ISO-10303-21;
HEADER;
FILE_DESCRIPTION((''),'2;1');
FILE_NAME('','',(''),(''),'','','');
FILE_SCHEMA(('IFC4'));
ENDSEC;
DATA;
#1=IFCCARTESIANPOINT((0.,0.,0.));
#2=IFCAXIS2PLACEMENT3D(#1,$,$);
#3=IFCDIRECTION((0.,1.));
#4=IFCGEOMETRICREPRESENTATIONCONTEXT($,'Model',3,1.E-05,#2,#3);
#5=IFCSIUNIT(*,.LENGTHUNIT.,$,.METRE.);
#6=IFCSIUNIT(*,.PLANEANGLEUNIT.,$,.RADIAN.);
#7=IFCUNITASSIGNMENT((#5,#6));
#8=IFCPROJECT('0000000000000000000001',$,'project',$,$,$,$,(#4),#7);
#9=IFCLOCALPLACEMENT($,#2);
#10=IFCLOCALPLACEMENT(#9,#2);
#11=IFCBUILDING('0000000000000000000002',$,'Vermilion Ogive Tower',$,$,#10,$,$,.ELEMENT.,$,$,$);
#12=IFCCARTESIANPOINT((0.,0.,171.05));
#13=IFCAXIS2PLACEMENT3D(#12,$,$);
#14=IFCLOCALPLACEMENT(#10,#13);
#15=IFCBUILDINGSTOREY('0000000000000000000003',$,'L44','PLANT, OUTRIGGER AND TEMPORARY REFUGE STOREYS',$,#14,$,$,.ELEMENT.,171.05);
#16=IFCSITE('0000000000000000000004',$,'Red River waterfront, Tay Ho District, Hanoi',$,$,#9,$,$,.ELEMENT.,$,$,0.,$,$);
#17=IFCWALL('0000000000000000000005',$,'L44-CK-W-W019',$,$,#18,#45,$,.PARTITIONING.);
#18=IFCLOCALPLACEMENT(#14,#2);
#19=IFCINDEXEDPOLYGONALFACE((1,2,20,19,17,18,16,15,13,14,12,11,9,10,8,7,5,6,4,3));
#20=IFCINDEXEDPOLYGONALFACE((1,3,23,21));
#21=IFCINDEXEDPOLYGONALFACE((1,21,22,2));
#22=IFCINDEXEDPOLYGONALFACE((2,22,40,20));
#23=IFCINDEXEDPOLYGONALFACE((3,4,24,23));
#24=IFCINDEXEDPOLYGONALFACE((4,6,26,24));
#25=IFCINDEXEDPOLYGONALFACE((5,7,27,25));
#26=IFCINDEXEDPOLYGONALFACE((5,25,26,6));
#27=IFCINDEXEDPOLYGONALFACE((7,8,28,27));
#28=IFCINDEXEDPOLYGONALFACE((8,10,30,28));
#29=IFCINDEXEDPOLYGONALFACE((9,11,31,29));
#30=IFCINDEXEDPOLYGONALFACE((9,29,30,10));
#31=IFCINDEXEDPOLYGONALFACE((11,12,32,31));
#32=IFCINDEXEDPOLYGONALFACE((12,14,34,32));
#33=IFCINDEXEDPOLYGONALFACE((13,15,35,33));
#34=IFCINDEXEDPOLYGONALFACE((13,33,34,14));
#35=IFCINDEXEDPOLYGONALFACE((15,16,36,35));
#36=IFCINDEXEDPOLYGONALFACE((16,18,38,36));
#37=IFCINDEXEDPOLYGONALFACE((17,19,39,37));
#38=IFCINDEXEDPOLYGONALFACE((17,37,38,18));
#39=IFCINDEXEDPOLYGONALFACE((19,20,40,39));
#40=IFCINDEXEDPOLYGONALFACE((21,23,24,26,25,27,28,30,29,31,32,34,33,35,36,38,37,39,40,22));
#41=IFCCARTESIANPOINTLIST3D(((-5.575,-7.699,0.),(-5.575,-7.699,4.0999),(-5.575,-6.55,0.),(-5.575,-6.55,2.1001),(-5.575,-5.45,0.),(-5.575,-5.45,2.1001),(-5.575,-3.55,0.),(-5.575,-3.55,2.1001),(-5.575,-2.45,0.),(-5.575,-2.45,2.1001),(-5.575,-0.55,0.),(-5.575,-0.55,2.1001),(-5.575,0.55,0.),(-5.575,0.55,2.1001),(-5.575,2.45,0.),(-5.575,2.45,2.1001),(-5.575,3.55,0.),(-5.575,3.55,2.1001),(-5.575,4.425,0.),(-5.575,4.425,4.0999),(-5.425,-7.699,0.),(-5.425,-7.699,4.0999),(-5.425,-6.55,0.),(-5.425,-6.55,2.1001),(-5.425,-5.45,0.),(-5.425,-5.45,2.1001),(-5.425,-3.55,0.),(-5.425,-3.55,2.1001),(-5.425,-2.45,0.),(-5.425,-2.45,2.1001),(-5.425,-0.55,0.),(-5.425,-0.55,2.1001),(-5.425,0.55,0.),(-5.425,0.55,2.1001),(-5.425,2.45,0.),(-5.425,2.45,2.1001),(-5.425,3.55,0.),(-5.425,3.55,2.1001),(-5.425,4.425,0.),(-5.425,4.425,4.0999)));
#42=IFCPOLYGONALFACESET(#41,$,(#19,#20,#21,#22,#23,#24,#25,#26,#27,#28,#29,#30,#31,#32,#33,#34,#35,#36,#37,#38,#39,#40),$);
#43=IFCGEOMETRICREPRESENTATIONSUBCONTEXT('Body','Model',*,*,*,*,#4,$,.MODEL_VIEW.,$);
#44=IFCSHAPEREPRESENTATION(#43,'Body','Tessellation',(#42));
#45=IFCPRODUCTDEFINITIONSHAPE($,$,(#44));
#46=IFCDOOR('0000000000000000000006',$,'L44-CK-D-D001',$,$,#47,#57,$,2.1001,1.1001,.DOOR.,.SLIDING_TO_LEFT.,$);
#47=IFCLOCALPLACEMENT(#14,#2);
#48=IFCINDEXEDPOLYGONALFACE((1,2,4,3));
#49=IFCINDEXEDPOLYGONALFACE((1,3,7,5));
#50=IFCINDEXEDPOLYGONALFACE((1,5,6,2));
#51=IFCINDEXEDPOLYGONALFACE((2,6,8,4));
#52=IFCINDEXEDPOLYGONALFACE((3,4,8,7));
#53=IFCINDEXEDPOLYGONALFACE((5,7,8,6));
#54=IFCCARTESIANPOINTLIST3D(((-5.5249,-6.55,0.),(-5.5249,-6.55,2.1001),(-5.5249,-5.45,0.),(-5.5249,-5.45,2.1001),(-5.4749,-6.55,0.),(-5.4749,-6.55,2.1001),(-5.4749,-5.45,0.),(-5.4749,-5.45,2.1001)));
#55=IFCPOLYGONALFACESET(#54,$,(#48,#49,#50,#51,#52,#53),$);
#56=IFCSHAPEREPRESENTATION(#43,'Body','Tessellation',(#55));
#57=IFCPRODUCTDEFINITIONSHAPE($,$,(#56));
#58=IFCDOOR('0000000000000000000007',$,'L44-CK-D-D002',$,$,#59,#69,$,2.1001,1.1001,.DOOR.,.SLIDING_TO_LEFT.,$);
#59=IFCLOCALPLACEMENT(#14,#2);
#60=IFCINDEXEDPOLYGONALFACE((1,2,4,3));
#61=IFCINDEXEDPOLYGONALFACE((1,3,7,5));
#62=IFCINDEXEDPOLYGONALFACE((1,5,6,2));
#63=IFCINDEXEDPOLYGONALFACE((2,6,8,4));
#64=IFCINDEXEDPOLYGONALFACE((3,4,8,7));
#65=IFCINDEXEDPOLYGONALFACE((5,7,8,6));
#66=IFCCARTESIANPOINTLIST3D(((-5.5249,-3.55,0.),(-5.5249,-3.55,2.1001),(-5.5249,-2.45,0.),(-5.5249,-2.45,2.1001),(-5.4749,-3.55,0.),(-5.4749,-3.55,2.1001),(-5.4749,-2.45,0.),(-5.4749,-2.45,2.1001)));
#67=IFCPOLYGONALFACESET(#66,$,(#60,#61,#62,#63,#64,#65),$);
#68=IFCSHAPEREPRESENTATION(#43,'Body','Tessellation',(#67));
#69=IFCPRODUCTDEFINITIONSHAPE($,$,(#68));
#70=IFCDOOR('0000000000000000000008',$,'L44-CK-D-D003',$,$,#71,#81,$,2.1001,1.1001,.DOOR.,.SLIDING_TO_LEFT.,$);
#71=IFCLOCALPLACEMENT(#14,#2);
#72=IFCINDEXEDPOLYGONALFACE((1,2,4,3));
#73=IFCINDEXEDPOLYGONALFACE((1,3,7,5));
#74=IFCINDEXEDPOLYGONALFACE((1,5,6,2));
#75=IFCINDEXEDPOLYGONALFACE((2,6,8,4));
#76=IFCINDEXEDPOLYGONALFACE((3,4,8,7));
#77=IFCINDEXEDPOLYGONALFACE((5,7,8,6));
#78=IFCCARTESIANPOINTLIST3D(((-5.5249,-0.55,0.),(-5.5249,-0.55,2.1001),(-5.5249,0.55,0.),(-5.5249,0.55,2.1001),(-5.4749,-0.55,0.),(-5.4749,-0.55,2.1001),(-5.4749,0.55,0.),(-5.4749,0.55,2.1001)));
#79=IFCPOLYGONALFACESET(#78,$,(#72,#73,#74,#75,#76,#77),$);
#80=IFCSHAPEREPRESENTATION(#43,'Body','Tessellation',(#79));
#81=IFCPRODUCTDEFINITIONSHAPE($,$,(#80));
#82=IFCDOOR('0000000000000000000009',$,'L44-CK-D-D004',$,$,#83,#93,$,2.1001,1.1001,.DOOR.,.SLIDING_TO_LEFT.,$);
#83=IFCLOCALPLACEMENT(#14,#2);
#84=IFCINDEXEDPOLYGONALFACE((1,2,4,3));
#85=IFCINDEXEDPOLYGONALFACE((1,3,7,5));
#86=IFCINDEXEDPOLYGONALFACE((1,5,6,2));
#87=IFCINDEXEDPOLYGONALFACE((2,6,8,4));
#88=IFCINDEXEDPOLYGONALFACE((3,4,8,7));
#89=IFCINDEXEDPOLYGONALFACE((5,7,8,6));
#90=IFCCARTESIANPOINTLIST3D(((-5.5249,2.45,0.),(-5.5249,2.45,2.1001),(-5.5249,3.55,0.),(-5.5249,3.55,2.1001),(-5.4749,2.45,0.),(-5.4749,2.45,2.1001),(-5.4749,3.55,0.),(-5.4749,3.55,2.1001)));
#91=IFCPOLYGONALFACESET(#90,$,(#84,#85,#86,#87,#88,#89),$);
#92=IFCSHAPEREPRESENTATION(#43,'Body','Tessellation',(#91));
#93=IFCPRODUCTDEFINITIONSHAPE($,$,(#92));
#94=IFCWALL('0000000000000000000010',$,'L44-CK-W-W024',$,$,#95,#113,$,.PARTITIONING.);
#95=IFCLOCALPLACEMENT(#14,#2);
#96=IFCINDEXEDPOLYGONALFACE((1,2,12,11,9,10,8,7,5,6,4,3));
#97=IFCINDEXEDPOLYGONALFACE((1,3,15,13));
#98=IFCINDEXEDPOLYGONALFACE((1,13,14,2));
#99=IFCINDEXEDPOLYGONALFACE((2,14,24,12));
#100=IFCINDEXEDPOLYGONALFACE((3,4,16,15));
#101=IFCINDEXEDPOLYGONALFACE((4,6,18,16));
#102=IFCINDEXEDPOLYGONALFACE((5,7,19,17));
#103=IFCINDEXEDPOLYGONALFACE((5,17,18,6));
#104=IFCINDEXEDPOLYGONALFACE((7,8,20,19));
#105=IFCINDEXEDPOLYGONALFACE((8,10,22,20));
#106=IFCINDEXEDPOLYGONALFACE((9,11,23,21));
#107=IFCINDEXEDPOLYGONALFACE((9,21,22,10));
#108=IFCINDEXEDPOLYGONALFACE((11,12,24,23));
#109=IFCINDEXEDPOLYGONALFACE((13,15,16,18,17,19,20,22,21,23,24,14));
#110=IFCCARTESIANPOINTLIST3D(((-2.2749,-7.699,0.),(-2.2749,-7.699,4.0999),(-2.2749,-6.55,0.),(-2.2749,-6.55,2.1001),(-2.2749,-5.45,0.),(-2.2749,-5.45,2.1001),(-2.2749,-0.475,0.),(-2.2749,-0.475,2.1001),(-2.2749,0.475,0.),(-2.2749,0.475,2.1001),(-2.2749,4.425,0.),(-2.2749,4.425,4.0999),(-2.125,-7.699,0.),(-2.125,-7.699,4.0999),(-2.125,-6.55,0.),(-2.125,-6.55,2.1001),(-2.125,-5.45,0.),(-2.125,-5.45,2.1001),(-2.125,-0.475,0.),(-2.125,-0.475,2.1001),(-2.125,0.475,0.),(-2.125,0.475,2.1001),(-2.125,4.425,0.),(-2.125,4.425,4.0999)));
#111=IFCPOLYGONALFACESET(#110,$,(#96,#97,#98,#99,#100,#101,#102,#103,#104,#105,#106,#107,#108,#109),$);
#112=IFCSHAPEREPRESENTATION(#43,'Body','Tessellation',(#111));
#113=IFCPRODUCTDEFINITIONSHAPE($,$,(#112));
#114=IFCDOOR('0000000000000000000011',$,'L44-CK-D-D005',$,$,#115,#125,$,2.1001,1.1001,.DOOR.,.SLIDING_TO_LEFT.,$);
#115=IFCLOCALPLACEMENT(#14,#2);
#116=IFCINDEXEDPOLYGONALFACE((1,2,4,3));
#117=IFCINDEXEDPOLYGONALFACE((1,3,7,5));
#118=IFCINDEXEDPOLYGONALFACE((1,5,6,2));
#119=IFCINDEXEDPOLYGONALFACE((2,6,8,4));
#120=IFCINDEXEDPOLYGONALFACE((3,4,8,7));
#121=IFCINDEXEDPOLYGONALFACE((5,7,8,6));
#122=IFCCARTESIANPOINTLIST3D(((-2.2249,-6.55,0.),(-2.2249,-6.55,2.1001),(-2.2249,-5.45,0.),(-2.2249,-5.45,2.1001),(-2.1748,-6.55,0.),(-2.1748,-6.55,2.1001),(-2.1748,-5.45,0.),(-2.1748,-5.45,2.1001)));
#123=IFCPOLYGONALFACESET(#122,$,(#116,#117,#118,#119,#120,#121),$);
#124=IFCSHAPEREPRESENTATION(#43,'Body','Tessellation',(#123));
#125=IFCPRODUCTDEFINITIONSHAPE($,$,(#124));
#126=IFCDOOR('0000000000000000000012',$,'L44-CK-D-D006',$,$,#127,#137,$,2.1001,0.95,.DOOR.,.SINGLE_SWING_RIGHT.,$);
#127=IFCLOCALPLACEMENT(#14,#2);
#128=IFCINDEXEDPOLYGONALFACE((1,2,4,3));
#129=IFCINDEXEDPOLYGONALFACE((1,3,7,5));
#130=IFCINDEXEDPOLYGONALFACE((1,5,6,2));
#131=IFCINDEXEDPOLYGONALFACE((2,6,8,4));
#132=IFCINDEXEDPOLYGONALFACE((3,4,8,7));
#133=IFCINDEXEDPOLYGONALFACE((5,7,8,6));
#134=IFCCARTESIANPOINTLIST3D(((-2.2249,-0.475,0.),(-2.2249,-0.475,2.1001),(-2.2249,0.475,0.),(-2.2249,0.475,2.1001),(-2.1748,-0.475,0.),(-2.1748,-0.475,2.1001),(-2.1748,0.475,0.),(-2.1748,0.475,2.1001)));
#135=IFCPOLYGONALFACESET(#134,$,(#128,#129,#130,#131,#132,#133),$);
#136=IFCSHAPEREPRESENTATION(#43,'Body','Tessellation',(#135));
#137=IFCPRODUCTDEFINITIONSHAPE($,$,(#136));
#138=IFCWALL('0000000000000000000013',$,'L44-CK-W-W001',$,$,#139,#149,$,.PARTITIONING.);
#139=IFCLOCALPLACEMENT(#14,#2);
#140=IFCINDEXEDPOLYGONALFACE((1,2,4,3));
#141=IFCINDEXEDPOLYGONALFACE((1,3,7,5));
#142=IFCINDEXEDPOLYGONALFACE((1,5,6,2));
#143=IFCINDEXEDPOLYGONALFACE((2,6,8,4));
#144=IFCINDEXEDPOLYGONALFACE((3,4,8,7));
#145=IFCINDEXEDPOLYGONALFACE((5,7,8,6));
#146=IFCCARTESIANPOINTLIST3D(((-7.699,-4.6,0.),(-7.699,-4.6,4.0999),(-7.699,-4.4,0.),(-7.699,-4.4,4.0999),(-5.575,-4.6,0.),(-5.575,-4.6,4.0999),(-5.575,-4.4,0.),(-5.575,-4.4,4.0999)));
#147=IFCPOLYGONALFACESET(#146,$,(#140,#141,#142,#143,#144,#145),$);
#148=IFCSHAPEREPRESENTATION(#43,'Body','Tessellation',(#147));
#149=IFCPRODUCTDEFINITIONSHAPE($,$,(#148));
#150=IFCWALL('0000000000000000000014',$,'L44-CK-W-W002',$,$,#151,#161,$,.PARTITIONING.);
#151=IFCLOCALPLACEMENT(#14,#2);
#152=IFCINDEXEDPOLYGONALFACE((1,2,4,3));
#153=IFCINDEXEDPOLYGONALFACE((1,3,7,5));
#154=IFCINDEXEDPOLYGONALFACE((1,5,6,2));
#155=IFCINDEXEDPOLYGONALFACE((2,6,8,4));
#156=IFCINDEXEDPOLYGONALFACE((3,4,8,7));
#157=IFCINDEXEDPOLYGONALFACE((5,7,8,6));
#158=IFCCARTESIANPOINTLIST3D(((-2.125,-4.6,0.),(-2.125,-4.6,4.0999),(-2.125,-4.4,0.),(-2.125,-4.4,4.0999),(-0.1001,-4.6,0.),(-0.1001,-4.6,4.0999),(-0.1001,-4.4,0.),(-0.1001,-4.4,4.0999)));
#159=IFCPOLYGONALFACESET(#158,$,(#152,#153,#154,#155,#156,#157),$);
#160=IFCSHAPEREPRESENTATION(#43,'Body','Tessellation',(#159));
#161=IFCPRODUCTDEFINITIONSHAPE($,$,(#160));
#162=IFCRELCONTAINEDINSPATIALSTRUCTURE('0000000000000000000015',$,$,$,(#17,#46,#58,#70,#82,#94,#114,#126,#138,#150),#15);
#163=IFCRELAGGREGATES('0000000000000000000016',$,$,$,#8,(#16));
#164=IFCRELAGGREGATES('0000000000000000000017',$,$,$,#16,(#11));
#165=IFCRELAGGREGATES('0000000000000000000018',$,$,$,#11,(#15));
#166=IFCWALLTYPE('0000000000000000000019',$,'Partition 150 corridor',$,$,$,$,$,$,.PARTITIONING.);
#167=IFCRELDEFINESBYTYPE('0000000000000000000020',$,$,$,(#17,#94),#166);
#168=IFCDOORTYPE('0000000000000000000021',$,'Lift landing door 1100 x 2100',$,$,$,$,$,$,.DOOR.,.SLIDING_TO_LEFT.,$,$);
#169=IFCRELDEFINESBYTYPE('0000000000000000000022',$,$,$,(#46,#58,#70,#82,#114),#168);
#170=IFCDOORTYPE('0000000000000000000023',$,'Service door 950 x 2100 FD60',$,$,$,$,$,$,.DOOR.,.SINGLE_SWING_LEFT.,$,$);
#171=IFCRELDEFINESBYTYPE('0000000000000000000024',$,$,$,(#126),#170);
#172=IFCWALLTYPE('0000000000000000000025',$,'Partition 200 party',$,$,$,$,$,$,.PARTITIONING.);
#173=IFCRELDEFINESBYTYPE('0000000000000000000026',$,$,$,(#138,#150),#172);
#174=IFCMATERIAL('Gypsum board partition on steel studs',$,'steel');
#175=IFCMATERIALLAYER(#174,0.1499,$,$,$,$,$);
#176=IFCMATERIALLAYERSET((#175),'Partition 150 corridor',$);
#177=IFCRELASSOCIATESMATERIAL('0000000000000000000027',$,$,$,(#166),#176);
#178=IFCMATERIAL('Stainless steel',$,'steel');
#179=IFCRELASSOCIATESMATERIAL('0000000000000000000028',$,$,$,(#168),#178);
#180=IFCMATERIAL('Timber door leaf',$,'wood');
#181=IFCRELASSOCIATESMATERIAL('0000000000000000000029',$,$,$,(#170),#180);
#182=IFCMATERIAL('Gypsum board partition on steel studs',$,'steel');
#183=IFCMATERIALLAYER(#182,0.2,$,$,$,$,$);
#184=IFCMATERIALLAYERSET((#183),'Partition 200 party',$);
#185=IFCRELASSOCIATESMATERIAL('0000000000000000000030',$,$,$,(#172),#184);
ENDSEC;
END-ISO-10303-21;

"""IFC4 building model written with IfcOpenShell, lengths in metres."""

from ifc_helpers import new_model, si_unit, direction, frame, frame_2d, origin, place, context, subcontext, project, spatial, rectangle, extrude, material, layer, layer_set, type_object, element, fill, save


model = new_model("IFC4")

# Units and contexts
model_context = context("Model", 3, precision=1e-05, world=origin(), true_north=direction((0.0, 1.0)))
body_context = subcontext(model_context, "Body", "Model", "MODEL_VIEW")
ifc_project = project(units=[si_unit("LENGTHUNIT", "METRE"), si_unit("PLANEANGLEUNIT", "RADIAN")], contexts=[model_context])

# Site, building, storey
site_placement = place(None, origin())
site = spatial("IfcSite", under=ifc_project, at=site_placement, Name="Red River waterfront, Tay Ho District, Hanoi", CompositionType="ELEMENT", RefElevation=0.0)
building_placement = place(site_placement, origin())
building = spatial("IfcBuilding", under=site, at=building_placement, Name="Vermilion Ogive Tower", CompositionType="ELEMENT")
storey_placement = place(building_placement, frame((0.0, 0.0, 171.05)))
storey = spatial("IfcBuildingStorey", under=building, at=storey_placement, Name="L44", Description="PLANT, OUTRIGGER AND TEMPORARY REFUGE STOREYS", CompositionType="ELEMENT", Elevation=171.05)

# Shared definitions
ifc_material_1 = material(Name="Gypsum board partition on steel studs", Category="steel")
ifc_layer_1 = layer(ifc_material_1, 0.1499)
ifc_layer_set_1 = layer_set([ifc_layer_1], Name="Partition 150 corridor")
wall_type_1 = type_object("IfcWallType", Name="Partition 150 corridor", PredefinedType="PARTITIONING", material=ifc_layer_set_1)

# Walls, openings, doors
wall_1_placement = place(storey_placement, frame((-5.5, -7.699, 0.0), z_axis=(0.0, 0.0, 1.0), x_axis=(0.0, 1.0, 0.0)))
wall_1 = element("IfcWall", 1, at=wall_1_placement, inside=storey, type_object=wall_type_1, Name="L44-CK-W-W019", PredefinedType="PARTITIONING", context=body_context, shape_type="SweptSolid", body=[
    extrude(rectangle(XDim=12.124, YDim=0.1499, at=frame_2d((6.062, 0.0))), origin(), (0.0, 0.0, 1.0), 4.0999),
])
opening_1_placement = place(wall_1_placement, frame((1.1489, 0.0, 0.0)))
opening_1 = element("IfcOpeningElement", 2, at=opening_1_placement, cuts=wall_1, PredefinedType="OPENING", context=body_context, shape_type="SweptSolid", body=[
    extrude(rectangle(XDim=1.1001, YDim=2.1001, at=frame_2d((0.55, 1.05))), frame((0.0, 0.085, 0.0), z_axis=(0.0, -1.0, 0.0), x_axis=(1.0, 0.0, 0.0)), (0.0, 0.0, 1.0), 0.1699),
])
opening_2_placement = place(wall_1_placement, frame((4.1489, 0.0, 0.0)))
opening_2 = element("IfcOpeningElement", 3, at=opening_2_placement, cuts=wall_1, PredefinedType="OPENING", context=body_context, shape_type="SweptSolid", body=[
    extrude(rectangle(XDim=1.1001, YDim=2.1001, at=frame_2d((0.55, 1.05))), frame((0.0, 0.085, 0.0), z_axis=(0.0, -1.0, 0.0), x_axis=(1.0, 0.0, 0.0)), (0.0, 0.0, 1.0), 0.1699),
])
opening_3_placement = place(wall_1_placement, frame((7.1489, 0.0, 0.0)))
opening_3 = element("IfcOpeningElement", 4, at=opening_3_placement, cuts=wall_1, PredefinedType="OPENING", context=body_context, shape_type="SweptSolid", body=[
    extrude(rectangle(XDim=1.1001, YDim=2.1001, at=frame_2d((0.55, 1.05))), frame((0.0, 0.085, 0.0), z_axis=(0.0, -1.0, 0.0), x_axis=(1.0, 0.0, 0.0)), (0.0, 0.0, 1.0), 0.1699),
])
opening_4_placement = place(wall_1_placement, frame((10.1489, 0.0, 0.0)))
opening_4 = element("IfcOpeningElement", 5, at=opening_4_placement, cuts=wall_1, PredefinedType="OPENING", context=body_context, shape_type="SweptSolid", body=[
    extrude(rectangle(XDim=1.1001, YDim=2.1001, at=frame_2d((0.55, 1.05))), frame((0.0, 0.085, 0.0), z_axis=(0.0, -1.0, 0.0), x_axis=(1.0, 0.0, 0.0)), (0.0, 0.0, 1.0), 0.1699),
])
ifc_material_2 = material(Name="Stainless steel", Category="steel")
door_type_1 = type_object("IfcDoorType", Name="Lift landing door 1100 x 2100", OperationType="SLIDING_TO_LEFT", PredefinedType="DOOR", material=ifc_material_2)
door_1_placement = place(opening_1_placement, origin())
door_1 = element("IfcDoor", 6, at=door_1_placement, inside=storey, type_object=door_type_1, Name="L44-CK-D-D001", OperationType="SLIDING_TO_LEFT", OverallHeight=2.1001, OverallWidth=1.1001, PredefinedType="DOOR", context=body_context, shape_type="SweptSolid", body=[
    extrude(rectangle(XDim=1.1001, YDim=2.1001, at=frame_2d((0.55, 1.05))), frame((0.0, 0.0249, 0.0), z_axis=(0.0, -1.0, 0.0), x_axis=(1.0, 0.0, 0.0)), (0.0, 0.0, 1.0), 0.05),
])
fill(opening_1, door_1)
door_2_placement = place(opening_2_placement, origin())
door_2 = element("IfcDoor", 7, at=door_2_placement, inside=storey, type_object=door_type_1, Name="L44-CK-D-D002", OperationType="SLIDING_TO_LEFT", OverallHeight=2.1001, OverallWidth=1.1001, PredefinedType="DOOR", context=body_context, shape_type="SweptSolid", body=[
    extrude(rectangle(XDim=1.1001, YDim=2.1001, at=frame_2d((0.55, 1.05))), frame((0.0, 0.0249, 0.0), z_axis=(0.0, -1.0, 0.0), x_axis=(1.0, 0.0, 0.0)), (0.0, 0.0, 1.0), 0.05),
])
fill(opening_2, door_2)
door_3_placement = place(opening_3_placement, origin())
door_3 = element("IfcDoor", 8, at=door_3_placement, inside=storey, type_object=door_type_1, Name="L44-CK-D-D003", OperationType="SLIDING_TO_LEFT", OverallHeight=2.1001, OverallWidth=1.1001, PredefinedType="DOOR", context=body_context, shape_type="SweptSolid", body=[
    extrude(rectangle(XDim=1.1001, YDim=2.1001, at=frame_2d((0.55, 1.05))), frame((0.0, 0.0249, 0.0), z_axis=(0.0, -1.0, 0.0), x_axis=(1.0, 0.0, 0.0)), (0.0, 0.0, 1.0), 0.05),
])
fill(opening_3, door_3)
door_4_placement = place(opening_4_placement, origin())
door_4 = element("IfcDoor", 9, at=door_4_placement, inside=storey, type_object=door_type_1, Name="L44-CK-D-D004", OperationType="SLIDING_TO_LEFT", OverallHeight=2.1001, OverallWidth=1.1001, PredefinedType="DOOR", context=body_context, shape_type="SweptSolid", body=[
    extrude(rectangle(XDim=1.1001, YDim=2.1001, at=frame_2d((0.55, 1.05))), frame((0.0, 0.0249, 0.0), z_axis=(0.0, -1.0, 0.0), x_axis=(1.0, 0.0, 0.0)), (0.0, 0.0, 1.0), 0.05),
])
fill(opening_4, door_4)
wall_2_placement = place(storey_placement, frame((-2.2, -7.699, 0.0), z_axis=(0.0, 0.0, 1.0), x_axis=(0.0, 1.0, 0.0)))
wall_2 = element("IfcWall", 10, at=wall_2_placement, inside=storey, type_object=wall_type_1, Name="L44-CK-W-W024", PredefinedType="PARTITIONING", context=body_context, shape_type="SweptSolid", body=[
    extrude(rectangle(XDim=12.124, YDim=0.1499, at=frame_2d((6.062, 0.0))), origin(), (0.0, 0.0, 1.0), 4.0999),
])
opening_5_placement = place(wall_2_placement, frame((1.1489, 0.0, 0.0)))
opening_5 = element("IfcOpeningElement", 11, at=opening_5_placement, cuts=wall_2, PredefinedType="OPENING", context=body_context, shape_type="SweptSolid", body=[
    extrude(rectangle(XDim=1.1001, YDim=2.1001, at=frame_2d((0.55, 1.05))), frame((0.0, 0.085, 0.0), z_axis=(0.0, -1.0, 0.0), x_axis=(1.0, 0.0, 0.0)), (0.0, 0.0, 1.0), 0.1699),
])
opening_6_placement = place(wall_2_placement, frame((7.2239, 0.0, 0.0)))
opening_6 = element("IfcOpeningElement", 12, at=opening_6_placement, cuts=wall_2, PredefinedType="OPENING", context=body_context, shape_type="SweptSolid", body=[
    extrude(rectangle(XDim=0.95, YDim=2.1001, at=frame_2d((0.4751, 1.05))), frame((0.0, 0.085, 0.0), z_axis=(0.0, -1.0, 0.0), x_axis=(1.0, 0.0, 0.0)), (0.0, 0.0, 1.0), 0.1699),
])
door_5_placement = place(opening_5_placement, origin())
door_5 = element("IfcDoor", 13, at=door_5_placement, inside=storey, type_object=door_type_1, Name="L44-CK-D-D005", OperationType="SLIDING_TO_LEFT", OverallHeight=2.1001, OverallWidth=1.1001, PredefinedType="DOOR", context=body_context, shape_type="SweptSolid", body=[
    extrude(rectangle(XDim=1.1001, YDim=2.1001, at=frame_2d((0.55, 1.05))), frame((0.0, 0.0249, 0.0), z_axis=(0.0, -1.0, 0.0), x_axis=(1.0, 0.0, 0.0)), (0.0, 0.0, 1.0), 0.05),
])
fill(opening_5, door_5)
ifc_material_3 = material(Name="Timber door leaf", Category="wood")
door_type_2 = type_object("IfcDoorType", Name="Service door 950 x 2100 FD60", OperationType="SINGLE_SWING_LEFT", PredefinedType="DOOR", material=ifc_material_3)
door_6_placement = place(opening_6_placement, origin())
door_6 = element("IfcDoor", 14, at=door_6_placement, inside=storey, type_object=door_type_2, Name="L44-CK-D-D006", OperationType="SINGLE_SWING_RIGHT", OverallHeight=2.1001, OverallWidth=0.95, PredefinedType="DOOR", context=body_context, shape_type="SweptSolid", body=[
    extrude(rectangle(XDim=0.95, YDim=2.1001, at=frame_2d((0.4751, 1.05))), frame((0.0, 0.0249, 0.0), z_axis=(0.0, -1.0, 0.0), x_axis=(1.0, 0.0, 0.0)), (0.0, 0.0, 1.0), 0.05),
])
fill(opening_6, door_6)

# Walls
ifc_material_4 = material(Name="Gypsum board partition on steel studs", Category="steel")
ifc_layer_2 = layer(ifc_material_4, 0.2)
ifc_layer_set_2 = layer_set([ifc_layer_2], Name="Partition 200 party")
wall_type_2 = type_object("IfcWallType", Name="Partition 200 party", PredefinedType="PARTITIONING", material=ifc_layer_set_2)
wall_3_placement = place(storey_placement, frame((-7.699, -4.5, 0.0), z_axis=(0.0, 0.0, 1.0), x_axis=(1.0, 0.0, 0.0)))
element("IfcWall", 15, at=wall_3_placement, inside=storey, type_object=wall_type_2, Name="L44-CK-W-W001", PredefinedType="PARTITIONING", context=body_context, shape_type="SweptSolid", body=[
    extrude(rectangle(XDim=2.124, YDim=0.2, at=frame_2d((1.062, 0.0))), origin(), (0.0, 0.0, 1.0), 4.0999),
])
wall_4_placement = place(storey_placement, frame((-2.125, -4.5, 0.0), z_axis=(0.0, 0.0, 1.0), x_axis=(1.0, 0.0, 0.0)))
element("IfcWall", 16, at=wall_4_placement, inside=storey, type_object=wall_type_2, Name="L44-CK-W-W002", PredefinedType="PARTITIONING", context=body_context, shape_type="SweptSolid", body=[
    extrude(rectangle(XDim=2.0249, YDim=0.2, at=frame_2d((1.0125, 0.0))), origin(), (0.0, 0.0, 1.0), 4.0999),
])

save(model, "model.ifc")
